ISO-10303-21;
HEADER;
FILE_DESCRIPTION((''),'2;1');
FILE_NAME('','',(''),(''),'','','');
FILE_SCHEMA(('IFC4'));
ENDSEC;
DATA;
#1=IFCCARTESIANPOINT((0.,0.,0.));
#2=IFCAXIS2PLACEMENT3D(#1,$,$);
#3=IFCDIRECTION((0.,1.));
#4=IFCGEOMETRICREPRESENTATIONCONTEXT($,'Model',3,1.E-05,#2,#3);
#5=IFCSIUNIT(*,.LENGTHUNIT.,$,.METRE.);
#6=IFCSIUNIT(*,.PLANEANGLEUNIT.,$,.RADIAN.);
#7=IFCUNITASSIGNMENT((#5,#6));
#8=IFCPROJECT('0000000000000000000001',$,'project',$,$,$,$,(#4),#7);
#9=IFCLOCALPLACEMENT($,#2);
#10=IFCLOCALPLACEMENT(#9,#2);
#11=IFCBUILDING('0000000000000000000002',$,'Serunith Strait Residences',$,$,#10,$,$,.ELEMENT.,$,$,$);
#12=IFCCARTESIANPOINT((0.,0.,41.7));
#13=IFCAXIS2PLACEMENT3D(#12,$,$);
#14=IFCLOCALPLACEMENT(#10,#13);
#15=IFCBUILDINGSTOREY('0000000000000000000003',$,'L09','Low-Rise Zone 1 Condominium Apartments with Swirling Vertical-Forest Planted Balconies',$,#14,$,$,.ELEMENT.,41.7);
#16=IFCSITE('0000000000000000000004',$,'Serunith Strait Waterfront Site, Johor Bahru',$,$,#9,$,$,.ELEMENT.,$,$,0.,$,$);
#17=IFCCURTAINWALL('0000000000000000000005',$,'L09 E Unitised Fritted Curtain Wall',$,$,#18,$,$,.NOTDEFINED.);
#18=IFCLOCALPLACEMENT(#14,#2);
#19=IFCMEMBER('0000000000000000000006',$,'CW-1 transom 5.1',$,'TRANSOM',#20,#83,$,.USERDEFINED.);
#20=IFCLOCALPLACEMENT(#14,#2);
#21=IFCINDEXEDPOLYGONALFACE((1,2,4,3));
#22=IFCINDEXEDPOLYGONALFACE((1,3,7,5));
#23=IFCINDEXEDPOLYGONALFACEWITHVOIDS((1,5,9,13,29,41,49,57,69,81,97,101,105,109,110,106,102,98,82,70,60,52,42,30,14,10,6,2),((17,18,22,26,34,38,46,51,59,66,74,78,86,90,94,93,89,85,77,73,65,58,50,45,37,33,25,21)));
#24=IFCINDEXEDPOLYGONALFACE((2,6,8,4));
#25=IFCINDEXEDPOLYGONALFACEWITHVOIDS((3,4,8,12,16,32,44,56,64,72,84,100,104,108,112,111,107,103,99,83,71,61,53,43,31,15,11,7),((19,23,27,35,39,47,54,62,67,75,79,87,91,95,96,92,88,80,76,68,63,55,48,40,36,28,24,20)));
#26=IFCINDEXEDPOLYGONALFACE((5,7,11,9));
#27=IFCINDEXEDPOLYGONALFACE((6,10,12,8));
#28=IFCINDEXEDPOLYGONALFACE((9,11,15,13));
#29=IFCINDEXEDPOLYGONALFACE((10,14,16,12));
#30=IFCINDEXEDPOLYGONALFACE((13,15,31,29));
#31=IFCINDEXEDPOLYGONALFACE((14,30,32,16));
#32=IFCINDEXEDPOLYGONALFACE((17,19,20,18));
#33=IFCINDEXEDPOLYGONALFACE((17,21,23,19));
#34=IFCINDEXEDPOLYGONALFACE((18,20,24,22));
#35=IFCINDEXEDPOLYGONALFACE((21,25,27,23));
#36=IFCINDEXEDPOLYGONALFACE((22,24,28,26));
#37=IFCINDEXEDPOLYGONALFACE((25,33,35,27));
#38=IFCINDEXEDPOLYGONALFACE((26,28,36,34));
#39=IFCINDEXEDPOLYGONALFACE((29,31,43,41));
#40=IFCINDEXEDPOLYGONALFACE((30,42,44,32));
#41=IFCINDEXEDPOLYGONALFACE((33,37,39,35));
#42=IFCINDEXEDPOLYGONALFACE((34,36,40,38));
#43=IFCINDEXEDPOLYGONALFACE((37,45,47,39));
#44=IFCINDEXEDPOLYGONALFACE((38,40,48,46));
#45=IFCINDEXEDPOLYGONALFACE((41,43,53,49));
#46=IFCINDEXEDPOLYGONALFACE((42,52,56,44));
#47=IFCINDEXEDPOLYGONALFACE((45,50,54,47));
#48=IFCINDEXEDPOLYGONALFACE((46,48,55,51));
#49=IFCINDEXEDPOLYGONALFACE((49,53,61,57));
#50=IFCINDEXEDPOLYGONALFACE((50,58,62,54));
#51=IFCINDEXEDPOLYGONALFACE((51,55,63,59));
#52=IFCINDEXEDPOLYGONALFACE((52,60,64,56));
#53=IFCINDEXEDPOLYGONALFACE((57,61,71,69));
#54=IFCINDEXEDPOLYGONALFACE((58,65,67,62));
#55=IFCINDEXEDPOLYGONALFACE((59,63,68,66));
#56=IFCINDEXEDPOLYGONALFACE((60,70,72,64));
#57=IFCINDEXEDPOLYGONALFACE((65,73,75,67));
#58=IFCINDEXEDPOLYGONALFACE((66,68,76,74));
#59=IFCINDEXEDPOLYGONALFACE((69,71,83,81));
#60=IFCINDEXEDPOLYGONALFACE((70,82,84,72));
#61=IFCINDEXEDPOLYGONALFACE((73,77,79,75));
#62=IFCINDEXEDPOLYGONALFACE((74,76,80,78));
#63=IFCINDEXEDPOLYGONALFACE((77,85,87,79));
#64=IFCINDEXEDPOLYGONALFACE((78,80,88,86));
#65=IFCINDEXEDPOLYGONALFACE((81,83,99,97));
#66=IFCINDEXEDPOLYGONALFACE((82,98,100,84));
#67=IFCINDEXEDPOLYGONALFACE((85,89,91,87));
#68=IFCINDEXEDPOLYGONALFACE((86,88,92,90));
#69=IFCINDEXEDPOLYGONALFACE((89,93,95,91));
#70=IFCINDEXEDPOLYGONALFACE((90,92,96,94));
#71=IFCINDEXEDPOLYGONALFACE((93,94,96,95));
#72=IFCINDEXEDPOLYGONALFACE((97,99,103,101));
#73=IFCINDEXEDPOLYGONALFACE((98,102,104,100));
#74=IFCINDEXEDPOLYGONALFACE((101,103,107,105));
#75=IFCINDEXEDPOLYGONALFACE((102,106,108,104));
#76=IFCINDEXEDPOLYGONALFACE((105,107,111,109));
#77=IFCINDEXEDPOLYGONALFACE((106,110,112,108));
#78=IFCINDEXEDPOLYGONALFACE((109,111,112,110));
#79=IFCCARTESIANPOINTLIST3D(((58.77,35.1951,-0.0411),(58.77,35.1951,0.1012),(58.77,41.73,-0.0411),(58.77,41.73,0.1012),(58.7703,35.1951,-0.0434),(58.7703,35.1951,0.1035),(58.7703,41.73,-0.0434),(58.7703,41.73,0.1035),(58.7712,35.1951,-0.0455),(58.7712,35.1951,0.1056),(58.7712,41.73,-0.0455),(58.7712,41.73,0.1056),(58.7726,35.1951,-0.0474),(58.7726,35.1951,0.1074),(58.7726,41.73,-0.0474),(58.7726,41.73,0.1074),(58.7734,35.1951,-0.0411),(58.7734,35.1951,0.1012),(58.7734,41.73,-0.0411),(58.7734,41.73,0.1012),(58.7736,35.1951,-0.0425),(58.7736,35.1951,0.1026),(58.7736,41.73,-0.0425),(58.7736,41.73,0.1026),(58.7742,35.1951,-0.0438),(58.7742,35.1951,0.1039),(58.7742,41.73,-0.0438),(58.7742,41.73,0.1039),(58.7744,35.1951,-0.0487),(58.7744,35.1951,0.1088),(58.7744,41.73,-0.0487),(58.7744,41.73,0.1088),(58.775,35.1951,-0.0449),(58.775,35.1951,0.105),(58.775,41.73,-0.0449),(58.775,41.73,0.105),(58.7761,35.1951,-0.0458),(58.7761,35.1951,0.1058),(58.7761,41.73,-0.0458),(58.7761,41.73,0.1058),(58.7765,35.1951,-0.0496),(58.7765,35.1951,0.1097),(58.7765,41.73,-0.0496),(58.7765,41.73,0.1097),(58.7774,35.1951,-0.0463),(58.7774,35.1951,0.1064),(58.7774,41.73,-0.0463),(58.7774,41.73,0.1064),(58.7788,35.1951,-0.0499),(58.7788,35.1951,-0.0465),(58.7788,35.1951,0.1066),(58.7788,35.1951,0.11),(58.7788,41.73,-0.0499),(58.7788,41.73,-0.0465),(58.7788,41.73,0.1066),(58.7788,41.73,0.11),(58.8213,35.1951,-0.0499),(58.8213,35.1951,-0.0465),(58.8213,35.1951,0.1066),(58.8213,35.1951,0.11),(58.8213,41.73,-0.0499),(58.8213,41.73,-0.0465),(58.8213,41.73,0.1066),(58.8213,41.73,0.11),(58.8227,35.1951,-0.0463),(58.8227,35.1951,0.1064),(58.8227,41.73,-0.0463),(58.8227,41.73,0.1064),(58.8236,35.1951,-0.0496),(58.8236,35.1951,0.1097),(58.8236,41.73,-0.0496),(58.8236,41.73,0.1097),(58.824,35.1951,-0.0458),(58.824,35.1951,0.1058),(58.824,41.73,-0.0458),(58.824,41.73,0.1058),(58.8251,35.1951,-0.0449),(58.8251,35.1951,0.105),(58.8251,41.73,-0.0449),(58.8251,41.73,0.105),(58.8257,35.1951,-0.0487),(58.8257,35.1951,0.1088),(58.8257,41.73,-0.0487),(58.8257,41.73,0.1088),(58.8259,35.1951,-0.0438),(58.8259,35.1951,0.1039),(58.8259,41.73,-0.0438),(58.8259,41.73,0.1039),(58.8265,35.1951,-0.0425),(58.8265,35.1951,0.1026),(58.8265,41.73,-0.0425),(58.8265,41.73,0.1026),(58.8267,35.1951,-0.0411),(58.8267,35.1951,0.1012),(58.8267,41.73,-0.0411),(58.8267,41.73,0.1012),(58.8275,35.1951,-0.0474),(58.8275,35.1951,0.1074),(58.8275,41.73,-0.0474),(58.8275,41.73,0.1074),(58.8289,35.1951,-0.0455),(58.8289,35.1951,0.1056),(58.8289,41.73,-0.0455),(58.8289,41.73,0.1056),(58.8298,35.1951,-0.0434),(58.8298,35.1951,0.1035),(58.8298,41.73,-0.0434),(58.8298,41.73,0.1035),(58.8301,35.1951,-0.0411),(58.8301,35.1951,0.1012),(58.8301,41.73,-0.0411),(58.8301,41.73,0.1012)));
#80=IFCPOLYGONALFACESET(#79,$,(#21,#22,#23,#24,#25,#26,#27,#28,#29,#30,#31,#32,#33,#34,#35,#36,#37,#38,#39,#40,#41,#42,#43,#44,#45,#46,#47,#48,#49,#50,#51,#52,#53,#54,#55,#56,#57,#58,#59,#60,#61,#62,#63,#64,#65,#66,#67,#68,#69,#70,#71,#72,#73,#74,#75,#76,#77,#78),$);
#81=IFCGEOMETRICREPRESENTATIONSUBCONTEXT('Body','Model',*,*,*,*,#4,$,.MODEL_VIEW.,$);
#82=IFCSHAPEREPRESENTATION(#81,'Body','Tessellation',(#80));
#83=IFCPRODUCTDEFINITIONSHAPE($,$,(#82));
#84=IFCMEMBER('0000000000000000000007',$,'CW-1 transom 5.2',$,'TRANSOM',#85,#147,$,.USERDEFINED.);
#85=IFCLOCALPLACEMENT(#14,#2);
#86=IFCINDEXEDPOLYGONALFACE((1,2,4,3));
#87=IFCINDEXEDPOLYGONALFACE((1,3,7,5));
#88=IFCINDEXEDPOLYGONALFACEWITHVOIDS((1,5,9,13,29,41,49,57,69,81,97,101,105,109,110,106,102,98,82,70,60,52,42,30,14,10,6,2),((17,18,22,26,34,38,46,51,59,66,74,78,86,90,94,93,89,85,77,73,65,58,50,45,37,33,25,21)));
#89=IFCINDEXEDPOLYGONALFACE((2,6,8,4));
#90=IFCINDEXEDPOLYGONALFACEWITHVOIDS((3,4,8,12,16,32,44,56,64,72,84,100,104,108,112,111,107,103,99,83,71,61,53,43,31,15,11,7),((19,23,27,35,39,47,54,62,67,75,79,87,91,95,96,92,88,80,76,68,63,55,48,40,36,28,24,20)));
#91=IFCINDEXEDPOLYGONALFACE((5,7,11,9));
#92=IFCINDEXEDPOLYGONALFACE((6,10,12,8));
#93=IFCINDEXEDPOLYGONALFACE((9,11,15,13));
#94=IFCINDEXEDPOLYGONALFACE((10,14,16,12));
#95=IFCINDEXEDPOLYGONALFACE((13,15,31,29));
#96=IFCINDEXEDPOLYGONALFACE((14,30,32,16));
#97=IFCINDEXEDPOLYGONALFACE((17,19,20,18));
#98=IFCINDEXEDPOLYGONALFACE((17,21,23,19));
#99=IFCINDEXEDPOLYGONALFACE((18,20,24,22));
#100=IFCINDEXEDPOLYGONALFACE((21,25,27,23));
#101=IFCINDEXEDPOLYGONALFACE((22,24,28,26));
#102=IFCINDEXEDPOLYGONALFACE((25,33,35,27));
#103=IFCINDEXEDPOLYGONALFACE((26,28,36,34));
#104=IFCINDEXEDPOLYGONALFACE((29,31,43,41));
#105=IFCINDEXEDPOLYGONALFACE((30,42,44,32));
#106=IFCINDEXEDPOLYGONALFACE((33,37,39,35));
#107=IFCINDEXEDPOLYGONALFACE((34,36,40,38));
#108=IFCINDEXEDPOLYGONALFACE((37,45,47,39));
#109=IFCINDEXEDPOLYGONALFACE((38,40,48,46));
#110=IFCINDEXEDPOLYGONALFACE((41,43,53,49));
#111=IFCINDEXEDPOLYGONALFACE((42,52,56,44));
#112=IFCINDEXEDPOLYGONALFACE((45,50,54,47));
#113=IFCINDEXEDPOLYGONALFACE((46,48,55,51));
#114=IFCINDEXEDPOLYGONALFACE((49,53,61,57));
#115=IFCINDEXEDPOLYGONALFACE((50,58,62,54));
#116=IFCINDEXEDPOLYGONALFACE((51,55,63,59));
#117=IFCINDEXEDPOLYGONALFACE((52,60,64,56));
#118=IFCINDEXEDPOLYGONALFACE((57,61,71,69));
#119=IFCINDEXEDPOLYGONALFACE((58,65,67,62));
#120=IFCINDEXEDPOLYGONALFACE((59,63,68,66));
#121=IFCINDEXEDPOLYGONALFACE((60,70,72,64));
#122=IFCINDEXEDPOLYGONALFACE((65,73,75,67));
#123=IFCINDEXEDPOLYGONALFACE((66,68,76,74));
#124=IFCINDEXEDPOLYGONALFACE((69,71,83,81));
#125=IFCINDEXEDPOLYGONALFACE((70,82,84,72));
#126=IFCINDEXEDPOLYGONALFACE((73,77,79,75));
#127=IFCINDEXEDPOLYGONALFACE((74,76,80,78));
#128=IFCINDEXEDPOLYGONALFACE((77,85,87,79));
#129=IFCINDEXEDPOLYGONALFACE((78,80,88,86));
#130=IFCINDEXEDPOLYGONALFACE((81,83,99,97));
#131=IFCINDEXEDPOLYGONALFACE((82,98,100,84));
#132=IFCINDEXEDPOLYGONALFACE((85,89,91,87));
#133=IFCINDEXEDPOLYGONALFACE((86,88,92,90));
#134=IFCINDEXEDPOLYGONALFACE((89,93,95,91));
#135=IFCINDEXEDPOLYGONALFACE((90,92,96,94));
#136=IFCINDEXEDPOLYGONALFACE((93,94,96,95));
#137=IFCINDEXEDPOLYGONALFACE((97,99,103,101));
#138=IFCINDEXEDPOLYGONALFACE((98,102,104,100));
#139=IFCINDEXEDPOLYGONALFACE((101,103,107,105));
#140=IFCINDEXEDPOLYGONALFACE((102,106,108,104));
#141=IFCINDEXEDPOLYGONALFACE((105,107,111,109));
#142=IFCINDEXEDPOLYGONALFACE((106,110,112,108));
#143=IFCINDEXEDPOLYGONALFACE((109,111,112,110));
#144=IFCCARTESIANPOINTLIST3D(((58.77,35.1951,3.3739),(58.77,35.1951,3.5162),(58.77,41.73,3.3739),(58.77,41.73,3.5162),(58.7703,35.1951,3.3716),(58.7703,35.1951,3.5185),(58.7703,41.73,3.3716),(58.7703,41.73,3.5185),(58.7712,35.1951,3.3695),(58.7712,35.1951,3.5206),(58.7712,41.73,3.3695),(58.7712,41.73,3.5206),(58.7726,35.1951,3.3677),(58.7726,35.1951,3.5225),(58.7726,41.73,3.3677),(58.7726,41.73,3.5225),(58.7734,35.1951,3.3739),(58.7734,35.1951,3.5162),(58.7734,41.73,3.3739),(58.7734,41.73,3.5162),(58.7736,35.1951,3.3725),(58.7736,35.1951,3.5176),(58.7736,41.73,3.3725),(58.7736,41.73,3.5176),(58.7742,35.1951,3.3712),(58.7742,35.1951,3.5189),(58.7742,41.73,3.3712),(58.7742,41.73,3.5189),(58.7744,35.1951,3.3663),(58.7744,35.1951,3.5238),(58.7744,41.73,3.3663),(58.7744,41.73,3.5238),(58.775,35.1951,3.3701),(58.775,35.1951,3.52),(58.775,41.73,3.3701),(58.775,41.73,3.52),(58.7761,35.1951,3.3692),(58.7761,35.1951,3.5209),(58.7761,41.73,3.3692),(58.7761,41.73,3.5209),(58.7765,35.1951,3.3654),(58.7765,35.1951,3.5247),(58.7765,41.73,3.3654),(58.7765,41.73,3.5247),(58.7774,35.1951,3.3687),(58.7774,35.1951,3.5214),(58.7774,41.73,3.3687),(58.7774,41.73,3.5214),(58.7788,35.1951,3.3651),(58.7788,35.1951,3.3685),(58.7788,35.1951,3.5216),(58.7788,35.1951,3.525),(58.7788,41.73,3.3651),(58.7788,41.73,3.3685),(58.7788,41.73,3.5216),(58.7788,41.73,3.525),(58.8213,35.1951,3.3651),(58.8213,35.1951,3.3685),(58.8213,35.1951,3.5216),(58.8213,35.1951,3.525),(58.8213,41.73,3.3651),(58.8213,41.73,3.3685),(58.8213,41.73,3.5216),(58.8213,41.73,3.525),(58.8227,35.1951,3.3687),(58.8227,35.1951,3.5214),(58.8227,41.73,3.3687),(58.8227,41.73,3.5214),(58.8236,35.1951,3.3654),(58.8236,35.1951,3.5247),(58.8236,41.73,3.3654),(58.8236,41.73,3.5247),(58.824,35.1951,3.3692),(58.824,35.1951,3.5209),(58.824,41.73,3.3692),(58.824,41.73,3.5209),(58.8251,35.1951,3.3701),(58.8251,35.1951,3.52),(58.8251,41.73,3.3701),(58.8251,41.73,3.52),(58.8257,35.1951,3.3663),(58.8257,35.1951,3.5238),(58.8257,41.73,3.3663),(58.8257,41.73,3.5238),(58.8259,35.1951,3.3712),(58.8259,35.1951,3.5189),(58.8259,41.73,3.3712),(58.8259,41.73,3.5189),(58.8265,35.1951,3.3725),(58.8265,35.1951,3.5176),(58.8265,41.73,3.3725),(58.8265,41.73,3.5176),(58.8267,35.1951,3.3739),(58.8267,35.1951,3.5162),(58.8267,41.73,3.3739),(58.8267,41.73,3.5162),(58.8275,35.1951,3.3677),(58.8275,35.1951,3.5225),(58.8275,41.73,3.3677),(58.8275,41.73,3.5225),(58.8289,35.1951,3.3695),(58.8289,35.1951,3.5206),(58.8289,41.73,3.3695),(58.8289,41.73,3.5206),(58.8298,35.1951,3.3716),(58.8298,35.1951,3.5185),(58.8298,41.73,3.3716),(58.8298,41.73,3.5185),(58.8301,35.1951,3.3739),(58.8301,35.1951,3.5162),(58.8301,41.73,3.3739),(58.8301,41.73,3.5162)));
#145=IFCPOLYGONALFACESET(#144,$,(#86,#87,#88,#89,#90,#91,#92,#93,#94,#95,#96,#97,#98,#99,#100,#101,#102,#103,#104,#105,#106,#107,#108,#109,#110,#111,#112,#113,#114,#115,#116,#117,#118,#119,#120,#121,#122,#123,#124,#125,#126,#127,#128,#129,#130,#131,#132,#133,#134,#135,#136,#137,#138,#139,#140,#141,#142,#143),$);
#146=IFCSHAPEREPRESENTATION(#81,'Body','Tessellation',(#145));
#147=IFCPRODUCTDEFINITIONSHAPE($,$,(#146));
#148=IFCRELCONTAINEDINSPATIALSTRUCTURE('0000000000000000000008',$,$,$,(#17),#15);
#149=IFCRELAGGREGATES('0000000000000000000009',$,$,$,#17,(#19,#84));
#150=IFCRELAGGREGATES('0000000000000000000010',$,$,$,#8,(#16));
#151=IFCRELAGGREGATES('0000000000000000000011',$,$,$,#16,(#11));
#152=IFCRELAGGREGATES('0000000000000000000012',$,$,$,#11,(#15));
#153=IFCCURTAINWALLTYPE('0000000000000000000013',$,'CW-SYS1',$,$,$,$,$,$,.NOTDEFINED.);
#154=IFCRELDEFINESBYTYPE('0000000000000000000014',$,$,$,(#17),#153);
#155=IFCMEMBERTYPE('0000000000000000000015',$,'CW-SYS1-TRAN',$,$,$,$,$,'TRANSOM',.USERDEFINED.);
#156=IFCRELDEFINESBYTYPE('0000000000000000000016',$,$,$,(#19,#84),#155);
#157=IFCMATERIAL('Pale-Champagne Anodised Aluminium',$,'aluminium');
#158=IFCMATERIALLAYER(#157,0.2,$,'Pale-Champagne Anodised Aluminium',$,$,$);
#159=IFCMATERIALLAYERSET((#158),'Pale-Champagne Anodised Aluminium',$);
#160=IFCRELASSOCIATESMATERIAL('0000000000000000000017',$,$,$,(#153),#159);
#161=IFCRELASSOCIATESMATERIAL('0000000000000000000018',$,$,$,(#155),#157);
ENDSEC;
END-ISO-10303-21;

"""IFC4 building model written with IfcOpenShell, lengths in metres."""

from ifc_helpers import new_model, si_unit, direction, frame, origin, origin_2d, place, context, subcontext, project, spatial, hollow_rectangle, extrude, source, transform, mapped, material, layer, layer_set, material_profile, profile_set, type_object, element, aggregate, save


model = new_model("IFC4")

# Units and contexts
model_context = context("Model", 3, precision=1e-05, world=origin(), true_north=direction((0.0, 1.0)))
body_context = subcontext(model_context, "Body", "Model", "MODEL_VIEW")
ifc_project = project(units=[si_unit("LENGTHUNIT", "METRE"), si_unit("PLANEANGLEUNIT", "RADIAN")], contexts=[model_context])

# Site, building, storey
site_placement = place(None, origin())
site = spatial("IfcSite", under=ifc_project, at=site_placement, Name="Serunith Strait Waterfront Site, Johor Bahru", CompositionType="ELEMENT", RefElevation=0.0)
building_placement = place(site_placement, origin())
building = spatial("IfcBuilding", under=site, at=building_placement, Name="Serunith Strait Residences", CompositionType="ELEMENT")
storey_placement = place(building_placement, frame((0.0, 0.0, 41.7)))
storey = spatial("IfcBuildingStorey", under=building, at=storey_placement, Name="L09", Description="Low-Rise Zone 1 Condominium Apartments with Swirling Vertical-Forest Planted Balconies", CompositionType="ELEMENT", Elevation=41.7)

# Curtain wall, members
ifc_material_1 = material(Name="Pale-Champagne Anodised Aluminium", Category="aluminium")
ifc_layer_1 = layer(ifc_material_1, 0.2, Name="Pale-Champagne Anodised Aluminium")
ifc_layer_set_1 = layer_set([ifc_layer_1], Name="Pale-Champagne Anodised Aluminium")
curtain_wall_type = type_object("IfcCurtainWallType", Name="CW-SYS1", PredefinedType="NOTDEFINED", material=ifc_layer_set_1)
curtain_wall_placement = place(storey_placement, origin())
curtain_wall = element("IfcCurtainWall", 1, at=curtain_wall_placement, inside=storey, type_object=curtain_wall_type, Name="L09 E Unitised Fritted Curtain Wall", PredefinedType="NOTDEFINED")
ifc_material_profile_1 = material_profile(ifc_material_1, hollow_rectangle(XDim=0.0601, YDim=0.1599, WallThickness=0.0034, InnerFilletRadius=0.0054, OuterFilletRadius=0.0088, at=origin_2d()), Name="ALU 160x60x3.5")
ifc_profile_set_1 = profile_set([ifc_material_profile_1], Name="Pale-Champagne Anodised Aluminium")
member_type_1 = type_object("IfcMemberType", Name="CW-SYS1-TRAN", ElementType="TRANSOM", PredefinedType="USERDEFINED", material=ifc_profile_set_1)
shared_shape_1 = source(origin(), body_context, "Body", "SweptSolid", [
    extrude(hollow_rectangle(XDim=0.0601, YDim=0.1599, WallThickness=0.0034, InnerFilletRadius=0.0054, OuterFilletRadius=0.0088, at=origin_2d()), origin(), (0.0, 0.0, 1.0), 6.5349),
])
member_1_placement = place(storey_placement, frame((58.8, 35.1951, 0.03), z_axis=(0.0, 1.0, 0.0), x_axis=(-1.0, 0.0, 0.0)))
member_1 = element("IfcMember", 2, at=member_1_placement, type_object=member_type_1, Name="CW-1 transom 5.1", ObjectType="TRANSOM", PredefinedType="USERDEFINED", context=body_context, shape_type="MappedRepresentation", body=[
    mapped(shared_shape_1, transform((0.0, 0.0, 0.0), scale=1.0)),
])
member_2_placement = place(storey_placement, frame((58.8, 35.1951, 3.4451), z_axis=(0.0, 1.0, 0.0), x_axis=(-1.0, 0.0, 0.0)))
member_2 = element("IfcMember", 3, at=member_2_placement, type_object=member_type_1, Name="CW-1 transom 5.2", ObjectType="TRANSOM", PredefinedType="USERDEFINED", context=body_context, shape_type="MappedRepresentation", body=[
    mapped(shared_shape_1, transform((0.0, 0.0, 0.0), scale=1.0)),
])
aggregate(curtain_wall, [member_1, member_2])

save(model, "model.ifc")
